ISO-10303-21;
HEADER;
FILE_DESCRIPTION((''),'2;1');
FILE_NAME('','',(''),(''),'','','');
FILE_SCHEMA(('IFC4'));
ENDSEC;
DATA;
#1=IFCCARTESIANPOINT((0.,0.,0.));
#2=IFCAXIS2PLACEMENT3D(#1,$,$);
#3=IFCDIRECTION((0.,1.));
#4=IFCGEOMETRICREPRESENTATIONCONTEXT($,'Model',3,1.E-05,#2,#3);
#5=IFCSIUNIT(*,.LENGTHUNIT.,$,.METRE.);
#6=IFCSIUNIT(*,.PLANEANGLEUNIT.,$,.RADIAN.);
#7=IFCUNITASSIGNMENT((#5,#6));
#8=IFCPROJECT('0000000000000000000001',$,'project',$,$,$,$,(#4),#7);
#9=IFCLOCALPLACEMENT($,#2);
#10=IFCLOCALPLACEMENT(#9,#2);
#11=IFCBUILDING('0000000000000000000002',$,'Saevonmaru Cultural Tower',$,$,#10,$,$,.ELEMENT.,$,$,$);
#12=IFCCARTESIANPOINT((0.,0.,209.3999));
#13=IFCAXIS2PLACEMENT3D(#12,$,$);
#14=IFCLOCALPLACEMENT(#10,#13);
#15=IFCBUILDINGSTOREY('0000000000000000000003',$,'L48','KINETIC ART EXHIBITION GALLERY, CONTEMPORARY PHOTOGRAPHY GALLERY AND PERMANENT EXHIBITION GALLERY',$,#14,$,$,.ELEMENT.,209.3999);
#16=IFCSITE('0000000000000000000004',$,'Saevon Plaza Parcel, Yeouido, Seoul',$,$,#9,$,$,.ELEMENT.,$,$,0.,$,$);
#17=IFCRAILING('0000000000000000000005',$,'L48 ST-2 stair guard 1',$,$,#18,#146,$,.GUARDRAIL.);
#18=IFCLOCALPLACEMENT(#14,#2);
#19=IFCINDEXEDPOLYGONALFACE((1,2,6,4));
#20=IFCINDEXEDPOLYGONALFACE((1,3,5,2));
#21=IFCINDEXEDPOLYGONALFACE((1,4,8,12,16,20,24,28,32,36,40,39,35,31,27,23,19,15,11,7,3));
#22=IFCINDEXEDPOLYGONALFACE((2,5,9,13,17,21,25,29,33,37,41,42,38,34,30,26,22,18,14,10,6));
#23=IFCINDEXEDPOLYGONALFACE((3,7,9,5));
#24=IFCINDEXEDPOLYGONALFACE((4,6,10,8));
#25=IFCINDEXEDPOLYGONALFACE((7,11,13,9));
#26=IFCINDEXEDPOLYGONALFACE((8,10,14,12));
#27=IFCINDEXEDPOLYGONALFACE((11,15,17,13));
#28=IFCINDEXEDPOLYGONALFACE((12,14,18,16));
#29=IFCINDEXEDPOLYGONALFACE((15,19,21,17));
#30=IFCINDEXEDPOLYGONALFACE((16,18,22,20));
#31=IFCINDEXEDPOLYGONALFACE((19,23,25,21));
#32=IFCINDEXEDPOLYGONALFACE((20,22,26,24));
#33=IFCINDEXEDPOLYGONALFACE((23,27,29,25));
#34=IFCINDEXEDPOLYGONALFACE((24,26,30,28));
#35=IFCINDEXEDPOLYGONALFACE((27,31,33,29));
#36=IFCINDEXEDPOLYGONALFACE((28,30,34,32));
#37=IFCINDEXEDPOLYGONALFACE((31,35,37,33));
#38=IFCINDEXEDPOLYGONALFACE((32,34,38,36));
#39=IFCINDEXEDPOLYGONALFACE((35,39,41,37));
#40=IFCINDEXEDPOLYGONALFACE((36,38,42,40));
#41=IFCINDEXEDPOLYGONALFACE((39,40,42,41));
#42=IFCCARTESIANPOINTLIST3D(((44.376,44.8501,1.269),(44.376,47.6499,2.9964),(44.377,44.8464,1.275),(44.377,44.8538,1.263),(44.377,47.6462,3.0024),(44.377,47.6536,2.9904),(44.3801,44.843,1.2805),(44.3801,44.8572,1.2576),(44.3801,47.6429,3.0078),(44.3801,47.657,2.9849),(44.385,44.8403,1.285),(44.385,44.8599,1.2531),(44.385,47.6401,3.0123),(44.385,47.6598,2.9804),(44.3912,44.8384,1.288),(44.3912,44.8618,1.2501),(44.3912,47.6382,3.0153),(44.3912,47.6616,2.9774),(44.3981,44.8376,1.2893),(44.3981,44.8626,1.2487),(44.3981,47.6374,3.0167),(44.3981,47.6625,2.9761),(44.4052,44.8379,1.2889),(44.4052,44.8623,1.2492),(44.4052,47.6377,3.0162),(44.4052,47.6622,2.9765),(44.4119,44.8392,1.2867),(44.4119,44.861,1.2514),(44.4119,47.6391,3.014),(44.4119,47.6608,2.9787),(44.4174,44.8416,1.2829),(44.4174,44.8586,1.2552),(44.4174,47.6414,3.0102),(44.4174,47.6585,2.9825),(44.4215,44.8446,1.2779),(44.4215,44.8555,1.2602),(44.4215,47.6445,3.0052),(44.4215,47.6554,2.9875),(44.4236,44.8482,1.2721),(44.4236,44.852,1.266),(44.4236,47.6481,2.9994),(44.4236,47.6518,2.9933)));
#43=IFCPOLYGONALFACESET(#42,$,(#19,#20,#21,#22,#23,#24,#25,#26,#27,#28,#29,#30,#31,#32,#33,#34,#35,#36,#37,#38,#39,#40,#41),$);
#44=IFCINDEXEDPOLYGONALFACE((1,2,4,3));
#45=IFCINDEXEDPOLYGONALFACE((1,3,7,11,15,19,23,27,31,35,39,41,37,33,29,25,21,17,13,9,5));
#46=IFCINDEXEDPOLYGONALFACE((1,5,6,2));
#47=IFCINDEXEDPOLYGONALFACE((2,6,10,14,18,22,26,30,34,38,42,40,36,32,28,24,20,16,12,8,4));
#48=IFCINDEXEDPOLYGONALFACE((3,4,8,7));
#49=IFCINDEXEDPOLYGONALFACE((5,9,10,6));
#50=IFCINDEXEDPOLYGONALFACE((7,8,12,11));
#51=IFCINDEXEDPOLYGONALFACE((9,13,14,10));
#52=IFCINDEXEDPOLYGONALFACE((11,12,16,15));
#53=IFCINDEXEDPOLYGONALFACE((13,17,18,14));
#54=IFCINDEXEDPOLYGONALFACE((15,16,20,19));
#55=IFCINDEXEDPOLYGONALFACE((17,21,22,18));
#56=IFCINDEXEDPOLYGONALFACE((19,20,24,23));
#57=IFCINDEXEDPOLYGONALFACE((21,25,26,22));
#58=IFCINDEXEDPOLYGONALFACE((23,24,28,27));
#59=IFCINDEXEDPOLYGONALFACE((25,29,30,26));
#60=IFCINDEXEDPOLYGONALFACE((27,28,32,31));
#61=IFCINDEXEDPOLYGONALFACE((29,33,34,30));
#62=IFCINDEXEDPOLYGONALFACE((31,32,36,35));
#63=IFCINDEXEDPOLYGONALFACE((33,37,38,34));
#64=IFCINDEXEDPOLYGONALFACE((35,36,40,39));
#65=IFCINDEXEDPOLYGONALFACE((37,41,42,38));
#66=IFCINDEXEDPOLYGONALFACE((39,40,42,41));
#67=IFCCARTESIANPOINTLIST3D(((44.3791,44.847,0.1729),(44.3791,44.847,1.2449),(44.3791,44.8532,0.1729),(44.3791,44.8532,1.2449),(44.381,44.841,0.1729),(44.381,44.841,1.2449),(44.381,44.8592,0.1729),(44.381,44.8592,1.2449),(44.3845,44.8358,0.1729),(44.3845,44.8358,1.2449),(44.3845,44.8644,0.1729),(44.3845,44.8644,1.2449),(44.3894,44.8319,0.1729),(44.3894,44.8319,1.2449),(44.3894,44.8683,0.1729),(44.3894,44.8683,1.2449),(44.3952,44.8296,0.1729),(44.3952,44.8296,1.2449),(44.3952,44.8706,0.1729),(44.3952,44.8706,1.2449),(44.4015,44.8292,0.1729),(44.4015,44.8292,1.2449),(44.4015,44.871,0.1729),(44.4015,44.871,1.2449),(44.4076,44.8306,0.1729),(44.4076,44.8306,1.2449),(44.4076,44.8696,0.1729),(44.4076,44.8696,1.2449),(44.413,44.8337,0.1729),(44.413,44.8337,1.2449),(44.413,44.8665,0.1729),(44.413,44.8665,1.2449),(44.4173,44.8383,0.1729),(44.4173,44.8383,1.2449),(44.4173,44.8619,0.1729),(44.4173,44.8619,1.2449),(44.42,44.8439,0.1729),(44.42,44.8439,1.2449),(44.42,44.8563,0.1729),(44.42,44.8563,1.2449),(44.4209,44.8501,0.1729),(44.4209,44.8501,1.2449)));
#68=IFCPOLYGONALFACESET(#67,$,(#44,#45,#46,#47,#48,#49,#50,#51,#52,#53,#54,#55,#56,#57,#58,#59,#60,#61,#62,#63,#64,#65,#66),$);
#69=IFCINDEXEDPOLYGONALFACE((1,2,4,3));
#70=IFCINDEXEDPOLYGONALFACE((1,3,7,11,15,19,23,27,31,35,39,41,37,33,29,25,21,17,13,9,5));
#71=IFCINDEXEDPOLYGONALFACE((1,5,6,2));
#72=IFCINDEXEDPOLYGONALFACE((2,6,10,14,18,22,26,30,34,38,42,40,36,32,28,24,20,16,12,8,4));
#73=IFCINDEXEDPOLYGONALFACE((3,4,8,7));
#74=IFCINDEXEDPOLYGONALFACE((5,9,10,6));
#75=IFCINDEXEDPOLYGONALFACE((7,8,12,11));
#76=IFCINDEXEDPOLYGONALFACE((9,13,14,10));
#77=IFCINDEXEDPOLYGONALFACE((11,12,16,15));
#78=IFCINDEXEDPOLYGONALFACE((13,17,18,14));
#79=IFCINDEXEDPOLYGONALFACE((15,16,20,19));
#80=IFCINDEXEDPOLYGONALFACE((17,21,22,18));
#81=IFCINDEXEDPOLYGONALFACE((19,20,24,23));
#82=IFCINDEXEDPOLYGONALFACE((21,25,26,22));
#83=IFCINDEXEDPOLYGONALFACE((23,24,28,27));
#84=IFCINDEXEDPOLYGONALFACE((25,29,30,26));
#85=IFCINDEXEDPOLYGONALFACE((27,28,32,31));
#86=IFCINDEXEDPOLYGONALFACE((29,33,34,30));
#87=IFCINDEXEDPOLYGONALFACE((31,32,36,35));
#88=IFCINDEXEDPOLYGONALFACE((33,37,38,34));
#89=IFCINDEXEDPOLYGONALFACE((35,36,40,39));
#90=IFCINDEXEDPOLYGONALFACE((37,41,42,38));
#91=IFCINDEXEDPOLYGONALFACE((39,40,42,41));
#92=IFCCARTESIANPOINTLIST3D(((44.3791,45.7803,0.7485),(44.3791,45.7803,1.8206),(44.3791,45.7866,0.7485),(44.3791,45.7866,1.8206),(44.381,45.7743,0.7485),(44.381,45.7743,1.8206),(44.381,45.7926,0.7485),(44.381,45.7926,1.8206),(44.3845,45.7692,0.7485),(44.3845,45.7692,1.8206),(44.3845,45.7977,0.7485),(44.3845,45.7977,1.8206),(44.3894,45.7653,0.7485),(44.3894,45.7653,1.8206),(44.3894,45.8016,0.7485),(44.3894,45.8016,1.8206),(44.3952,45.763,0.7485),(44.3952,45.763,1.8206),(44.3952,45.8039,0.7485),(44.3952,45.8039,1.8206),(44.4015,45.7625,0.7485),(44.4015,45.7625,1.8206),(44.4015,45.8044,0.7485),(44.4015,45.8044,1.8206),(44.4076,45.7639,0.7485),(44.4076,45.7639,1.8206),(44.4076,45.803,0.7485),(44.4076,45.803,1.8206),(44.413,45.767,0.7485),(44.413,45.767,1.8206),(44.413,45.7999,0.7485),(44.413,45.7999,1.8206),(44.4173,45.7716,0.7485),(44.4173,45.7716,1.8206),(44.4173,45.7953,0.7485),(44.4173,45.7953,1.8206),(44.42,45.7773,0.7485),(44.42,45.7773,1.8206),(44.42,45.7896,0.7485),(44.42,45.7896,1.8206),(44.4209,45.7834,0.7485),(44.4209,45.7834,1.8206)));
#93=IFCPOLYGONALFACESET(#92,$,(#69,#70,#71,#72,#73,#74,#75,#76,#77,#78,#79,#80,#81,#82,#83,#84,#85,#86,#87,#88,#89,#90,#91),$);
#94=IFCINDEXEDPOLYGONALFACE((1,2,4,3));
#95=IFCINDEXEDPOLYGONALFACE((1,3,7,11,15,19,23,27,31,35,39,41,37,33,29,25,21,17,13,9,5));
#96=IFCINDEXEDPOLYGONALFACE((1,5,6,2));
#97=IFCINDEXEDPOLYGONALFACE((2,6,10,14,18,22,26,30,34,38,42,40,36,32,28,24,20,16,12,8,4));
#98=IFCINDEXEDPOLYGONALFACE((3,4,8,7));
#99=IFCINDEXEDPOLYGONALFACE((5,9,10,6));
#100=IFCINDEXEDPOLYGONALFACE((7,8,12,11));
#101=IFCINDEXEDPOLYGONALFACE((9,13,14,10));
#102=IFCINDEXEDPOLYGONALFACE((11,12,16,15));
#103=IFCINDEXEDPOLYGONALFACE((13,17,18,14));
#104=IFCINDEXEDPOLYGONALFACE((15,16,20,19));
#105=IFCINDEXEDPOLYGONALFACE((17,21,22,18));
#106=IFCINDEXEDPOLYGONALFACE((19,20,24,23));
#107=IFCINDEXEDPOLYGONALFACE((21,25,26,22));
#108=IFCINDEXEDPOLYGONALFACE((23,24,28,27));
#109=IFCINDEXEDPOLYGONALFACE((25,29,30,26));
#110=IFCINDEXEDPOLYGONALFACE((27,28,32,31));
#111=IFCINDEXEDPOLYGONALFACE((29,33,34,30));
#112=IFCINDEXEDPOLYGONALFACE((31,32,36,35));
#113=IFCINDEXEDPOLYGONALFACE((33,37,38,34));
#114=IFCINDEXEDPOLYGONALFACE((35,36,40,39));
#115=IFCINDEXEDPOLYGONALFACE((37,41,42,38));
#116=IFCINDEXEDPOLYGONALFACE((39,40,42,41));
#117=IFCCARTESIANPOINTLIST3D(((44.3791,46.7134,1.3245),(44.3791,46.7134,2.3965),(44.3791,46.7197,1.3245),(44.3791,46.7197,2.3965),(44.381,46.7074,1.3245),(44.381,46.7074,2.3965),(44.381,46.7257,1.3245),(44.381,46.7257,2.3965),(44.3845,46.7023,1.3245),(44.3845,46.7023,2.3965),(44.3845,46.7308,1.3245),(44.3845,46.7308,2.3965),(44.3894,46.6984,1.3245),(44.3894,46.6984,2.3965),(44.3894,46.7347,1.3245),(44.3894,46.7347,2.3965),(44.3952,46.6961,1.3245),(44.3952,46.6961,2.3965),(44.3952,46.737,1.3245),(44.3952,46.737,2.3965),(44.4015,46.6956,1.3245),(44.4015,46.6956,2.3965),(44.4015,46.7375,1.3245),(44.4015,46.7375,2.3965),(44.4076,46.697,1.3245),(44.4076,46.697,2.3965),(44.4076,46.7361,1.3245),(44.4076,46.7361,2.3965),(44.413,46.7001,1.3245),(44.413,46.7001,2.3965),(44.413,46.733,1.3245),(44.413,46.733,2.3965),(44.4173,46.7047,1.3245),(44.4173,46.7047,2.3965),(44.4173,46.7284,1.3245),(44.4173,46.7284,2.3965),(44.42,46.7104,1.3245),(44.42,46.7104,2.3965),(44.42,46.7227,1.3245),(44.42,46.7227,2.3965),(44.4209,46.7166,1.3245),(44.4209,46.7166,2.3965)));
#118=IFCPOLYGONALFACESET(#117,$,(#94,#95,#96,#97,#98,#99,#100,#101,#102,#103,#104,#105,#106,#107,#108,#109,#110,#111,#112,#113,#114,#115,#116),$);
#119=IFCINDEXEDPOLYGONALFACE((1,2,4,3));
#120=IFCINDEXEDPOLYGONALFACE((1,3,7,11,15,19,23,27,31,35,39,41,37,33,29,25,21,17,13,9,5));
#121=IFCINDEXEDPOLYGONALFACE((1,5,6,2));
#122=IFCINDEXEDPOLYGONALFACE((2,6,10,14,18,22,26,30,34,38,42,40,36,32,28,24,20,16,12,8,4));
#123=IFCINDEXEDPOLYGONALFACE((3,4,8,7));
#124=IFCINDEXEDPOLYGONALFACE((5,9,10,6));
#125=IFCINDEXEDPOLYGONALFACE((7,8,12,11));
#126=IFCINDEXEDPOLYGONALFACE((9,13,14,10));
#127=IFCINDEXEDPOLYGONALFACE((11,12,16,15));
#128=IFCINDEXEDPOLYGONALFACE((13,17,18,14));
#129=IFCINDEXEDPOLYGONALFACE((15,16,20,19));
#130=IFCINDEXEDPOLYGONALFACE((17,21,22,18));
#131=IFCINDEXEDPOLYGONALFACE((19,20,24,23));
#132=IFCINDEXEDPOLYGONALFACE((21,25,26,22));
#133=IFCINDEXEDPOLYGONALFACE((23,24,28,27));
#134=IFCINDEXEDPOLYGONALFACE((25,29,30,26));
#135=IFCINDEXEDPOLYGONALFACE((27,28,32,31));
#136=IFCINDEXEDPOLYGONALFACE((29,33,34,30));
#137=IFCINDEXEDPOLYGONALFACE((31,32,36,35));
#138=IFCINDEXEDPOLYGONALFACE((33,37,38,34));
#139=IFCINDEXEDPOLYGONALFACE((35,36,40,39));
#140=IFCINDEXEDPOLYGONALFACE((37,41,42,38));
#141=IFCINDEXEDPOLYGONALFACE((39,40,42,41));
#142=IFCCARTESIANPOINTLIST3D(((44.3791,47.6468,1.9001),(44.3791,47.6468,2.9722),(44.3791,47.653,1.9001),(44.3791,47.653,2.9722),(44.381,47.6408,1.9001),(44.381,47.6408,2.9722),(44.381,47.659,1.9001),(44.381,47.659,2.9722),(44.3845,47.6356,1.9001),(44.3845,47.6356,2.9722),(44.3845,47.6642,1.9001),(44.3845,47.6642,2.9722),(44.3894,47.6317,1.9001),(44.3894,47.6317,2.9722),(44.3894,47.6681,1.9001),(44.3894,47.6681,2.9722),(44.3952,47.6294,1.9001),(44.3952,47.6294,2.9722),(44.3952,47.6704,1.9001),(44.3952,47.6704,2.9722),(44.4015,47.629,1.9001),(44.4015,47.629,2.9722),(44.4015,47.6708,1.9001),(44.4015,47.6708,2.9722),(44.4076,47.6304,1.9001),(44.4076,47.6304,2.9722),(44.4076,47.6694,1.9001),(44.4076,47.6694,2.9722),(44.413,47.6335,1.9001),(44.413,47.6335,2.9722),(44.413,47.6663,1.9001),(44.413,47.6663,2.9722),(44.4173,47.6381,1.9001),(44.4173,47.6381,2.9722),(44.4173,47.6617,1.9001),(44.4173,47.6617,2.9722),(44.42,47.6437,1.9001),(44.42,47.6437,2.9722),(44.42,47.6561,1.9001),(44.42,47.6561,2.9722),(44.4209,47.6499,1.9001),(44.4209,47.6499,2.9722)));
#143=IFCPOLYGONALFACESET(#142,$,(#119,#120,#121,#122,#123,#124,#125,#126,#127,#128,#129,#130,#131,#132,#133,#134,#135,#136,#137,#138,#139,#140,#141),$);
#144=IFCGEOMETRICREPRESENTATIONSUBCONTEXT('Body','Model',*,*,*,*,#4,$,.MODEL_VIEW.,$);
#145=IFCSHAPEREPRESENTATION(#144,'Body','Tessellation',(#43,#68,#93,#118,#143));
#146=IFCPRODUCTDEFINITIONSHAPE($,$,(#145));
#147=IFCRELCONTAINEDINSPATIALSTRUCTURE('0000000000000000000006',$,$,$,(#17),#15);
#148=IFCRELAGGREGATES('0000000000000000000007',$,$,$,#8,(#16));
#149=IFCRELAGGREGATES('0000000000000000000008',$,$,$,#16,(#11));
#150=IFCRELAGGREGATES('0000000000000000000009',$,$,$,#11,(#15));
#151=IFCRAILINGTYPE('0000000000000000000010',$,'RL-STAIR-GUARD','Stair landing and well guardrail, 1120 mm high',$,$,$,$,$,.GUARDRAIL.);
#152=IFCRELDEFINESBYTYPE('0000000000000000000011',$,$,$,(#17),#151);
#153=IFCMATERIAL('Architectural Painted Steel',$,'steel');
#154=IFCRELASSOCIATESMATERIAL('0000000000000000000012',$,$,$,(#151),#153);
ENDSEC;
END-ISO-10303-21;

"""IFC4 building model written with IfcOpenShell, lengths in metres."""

from ifc_helpers import new_model, si_unit, direction, frame, origin, origin_2d, place, context, subcontext, project, spatial, circle, extrude, material, type_object, element, save


model = new_model("IFC4")

# Units and contexts
model_context = context("Model", 3, precision=1e-05, world=origin(), true_north=direction((0.0, 1.0)))
body_context = subcontext(model_context, "Body", "Model", "MODEL_VIEW")
ifc_project = project(units=[si_unit("LENGTHUNIT", "METRE"), si_unit("PLANEANGLEUNIT", "RADIAN")], contexts=[model_context])

# Site, building, storey
site_placement = place(None, origin())
site = spatial("IfcSite", under=ifc_project, at=site_placement, Name="Saevon Plaza Parcel, Yeouido, Seoul", CompositionType="ELEMENT", RefElevation=0.0)
building_placement = place(site_placement, origin())
building = spatial("IfcBuilding", under=site, at=building_placement, Name="Saevonmaru Cultural Tower", CompositionType="ELEMENT")
storey_placement = place(building_placement, frame((0.0, 0.0, 209.3999)))
storey = spatial("IfcBuildingStorey", under=building, at=storey_placement, Name="L48", Description="KINETIC ART EXHIBITION GALLERY, CONTEMPORARY PHOTOGRAPHY GALLERY AND PERMANENT EXHIBITION GALLERY", CompositionType="ELEMENT", Elevation=209.3999)

# Railing
ifc_material_1 = material(Name="Architectural Painted Steel", Category="steel")
railing_type_1 = type_object("IfcRailingType", Name="RL-STAIR-GUARD", Description="Stair landing and well guardrail, 1120 mm high", PredefinedType="GUARDRAIL", material=ifc_material_1)
railing_1_placement = place(storey_placement, frame((44.3999, 44.8501, 0.1729)))
element("IfcRailing", 1, at=railing_1_placement, inside=storey, type_object=railing_type_1, Name="L48 ST-2 stair guard 1", PredefinedType="GUARDRAIL", context=body_context, shape_type="SweptSolid", body=[
    extrude(circle(Radius=0.0239, at=origin_2d()), frame((0.0, 0.0, 1.0962), z_axis=(0.0, 0.851069, 0.525054), x_axis=(-1.0, 0.0, 0.0)), (0.0, 0.0, 1.0), 3.2898),
    extrude(circle(Radius=0.021, at=origin_2d()), origin(), (0.0, 0.0, 1.0), 1.072),
    extrude(circle(Radius=0.021, at=origin_2d()), frame((0.0, 0.9333, 0.5757)), (0.0, 0.0, 1.0), 1.072),
    extrude(circle(Radius=0.021, at=origin_2d()), frame((0.0, 1.8665, 1.1516)), (0.0, 0.0, 1.0), 1.072),
    extrude(circle(Radius=0.021, at=origin_2d()), frame((0.0, 2.7998, 1.7273)), (0.0, 0.0, 1.0), 1.072),
])

save(model, "model.ifc")
